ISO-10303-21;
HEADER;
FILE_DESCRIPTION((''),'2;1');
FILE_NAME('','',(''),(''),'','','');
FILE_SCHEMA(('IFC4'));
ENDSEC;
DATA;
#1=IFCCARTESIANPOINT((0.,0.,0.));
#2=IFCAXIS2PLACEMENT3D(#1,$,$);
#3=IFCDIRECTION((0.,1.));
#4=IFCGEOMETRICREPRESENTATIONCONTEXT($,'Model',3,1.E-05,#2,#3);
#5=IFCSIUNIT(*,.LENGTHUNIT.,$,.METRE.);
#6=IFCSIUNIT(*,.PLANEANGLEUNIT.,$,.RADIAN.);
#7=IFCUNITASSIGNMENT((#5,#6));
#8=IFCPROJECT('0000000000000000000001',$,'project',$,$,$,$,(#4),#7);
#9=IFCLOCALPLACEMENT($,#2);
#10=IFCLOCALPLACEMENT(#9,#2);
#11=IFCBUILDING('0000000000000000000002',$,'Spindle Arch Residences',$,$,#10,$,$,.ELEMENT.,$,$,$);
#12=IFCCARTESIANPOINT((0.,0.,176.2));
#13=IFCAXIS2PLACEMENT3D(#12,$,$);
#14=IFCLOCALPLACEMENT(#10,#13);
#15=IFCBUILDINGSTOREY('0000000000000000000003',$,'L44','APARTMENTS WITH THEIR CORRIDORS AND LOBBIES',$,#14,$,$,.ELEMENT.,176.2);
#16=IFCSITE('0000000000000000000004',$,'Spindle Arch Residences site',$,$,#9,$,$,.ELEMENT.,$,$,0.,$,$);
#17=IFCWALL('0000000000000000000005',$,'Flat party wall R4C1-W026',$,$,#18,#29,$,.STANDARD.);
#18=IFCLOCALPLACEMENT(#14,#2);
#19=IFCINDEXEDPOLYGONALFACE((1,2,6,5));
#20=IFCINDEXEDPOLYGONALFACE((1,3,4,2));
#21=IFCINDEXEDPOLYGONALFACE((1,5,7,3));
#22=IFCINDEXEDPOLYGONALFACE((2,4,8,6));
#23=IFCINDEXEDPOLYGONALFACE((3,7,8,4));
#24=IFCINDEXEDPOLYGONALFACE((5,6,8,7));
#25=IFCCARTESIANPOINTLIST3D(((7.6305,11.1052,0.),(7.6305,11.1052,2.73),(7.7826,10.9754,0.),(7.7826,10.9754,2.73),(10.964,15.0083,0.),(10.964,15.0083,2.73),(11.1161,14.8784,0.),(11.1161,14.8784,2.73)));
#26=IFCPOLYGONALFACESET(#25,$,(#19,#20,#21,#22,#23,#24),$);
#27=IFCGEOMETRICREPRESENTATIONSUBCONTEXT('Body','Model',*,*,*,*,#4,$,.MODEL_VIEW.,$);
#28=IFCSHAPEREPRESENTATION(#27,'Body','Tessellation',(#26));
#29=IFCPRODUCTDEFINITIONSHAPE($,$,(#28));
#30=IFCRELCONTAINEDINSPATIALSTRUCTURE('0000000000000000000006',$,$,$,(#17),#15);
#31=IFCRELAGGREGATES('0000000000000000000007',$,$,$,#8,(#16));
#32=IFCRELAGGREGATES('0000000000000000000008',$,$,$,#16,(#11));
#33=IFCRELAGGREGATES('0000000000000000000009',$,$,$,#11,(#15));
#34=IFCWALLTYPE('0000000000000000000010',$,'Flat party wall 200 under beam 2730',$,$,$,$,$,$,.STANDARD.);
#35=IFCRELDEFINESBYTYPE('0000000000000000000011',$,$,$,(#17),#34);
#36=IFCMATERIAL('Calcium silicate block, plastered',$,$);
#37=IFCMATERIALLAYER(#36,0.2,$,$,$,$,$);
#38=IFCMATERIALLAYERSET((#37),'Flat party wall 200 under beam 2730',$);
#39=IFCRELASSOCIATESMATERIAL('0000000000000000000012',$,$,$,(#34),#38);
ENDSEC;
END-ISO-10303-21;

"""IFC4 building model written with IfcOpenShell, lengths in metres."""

from ifc_helpers import new_model, si_unit, direction, frame, frame_2d, origin, place, context, subcontext, project, spatial, rectangle, extrude, material, layer, layer_set, type_object, element, save


model = new_model("IFC4")

# Units and contexts
model_context = context("Model", 3, precision=1e-05, world=origin(), true_north=direction((0.0, 1.0)))
body_context = subcontext(model_context, "Body", "Model", "MODEL_VIEW")
ifc_project = project(units=[si_unit("LENGTHUNIT", "METRE"), si_unit("PLANEANGLEUNIT", "RADIAN")], contexts=[model_context])

# Site, building, storey
site_placement = place(None, origin())
site = spatial("IfcSite", under=ifc_project, at=site_placement, Name="Spindle Arch Residences site", CompositionType="ELEMENT", RefElevation=0.0)
building_placement = place(site_placement, origin())
building = spatial("IfcBuilding", under=site, at=building_placement, Name="Spindle Arch Residences", CompositionType="ELEMENT")
storey_placement = place(building_placement, frame((0.0, 0.0, 176.2)))
storey = spatial("IfcBuildingStorey", under=building, at=storey_placement, Name="L44", Description="APARTMENTS WITH THEIR CORRIDORS AND LOBBIES", CompositionType="ELEMENT", Elevation=176.2)

# Wall
ifc_material_1 = material(Name="Calcium silicate block, plastered")
ifc_layer_1 = layer(ifc_material_1, 0.2)
ifc_layer_set_1 = layer_set([ifc_layer_1], Name="Flat party wall 200 under beam 2730")
wall_type_1 = type_object("IfcWallType", Name="Flat party wall 200 under beam 2730", PredefinedType="STANDARD", material=ifc_layer_set_1)
wall_1_placement = place(storey_placement, frame((11.04, 14.9434, 0.0), z_axis=(0.0, 0.0, 1.0), x_axis=(-0.649443, -0.76041, 0.0)))
element("IfcWall", 1, at=wall_1_placement, inside=storey, type_object=wall_type_1, Name="Flat party wall R4C1-W026", PredefinedType="STANDARD", context=body_context, shape_type="SweptSolid", body=[
    extrude(rectangle(XDim=5.1328, YDim=0.2, at=frame_2d((2.5664, 0.0))), origin(), (0.0, 0.0, 1.0), 2.73),
])

save(model, "model.ifc")
